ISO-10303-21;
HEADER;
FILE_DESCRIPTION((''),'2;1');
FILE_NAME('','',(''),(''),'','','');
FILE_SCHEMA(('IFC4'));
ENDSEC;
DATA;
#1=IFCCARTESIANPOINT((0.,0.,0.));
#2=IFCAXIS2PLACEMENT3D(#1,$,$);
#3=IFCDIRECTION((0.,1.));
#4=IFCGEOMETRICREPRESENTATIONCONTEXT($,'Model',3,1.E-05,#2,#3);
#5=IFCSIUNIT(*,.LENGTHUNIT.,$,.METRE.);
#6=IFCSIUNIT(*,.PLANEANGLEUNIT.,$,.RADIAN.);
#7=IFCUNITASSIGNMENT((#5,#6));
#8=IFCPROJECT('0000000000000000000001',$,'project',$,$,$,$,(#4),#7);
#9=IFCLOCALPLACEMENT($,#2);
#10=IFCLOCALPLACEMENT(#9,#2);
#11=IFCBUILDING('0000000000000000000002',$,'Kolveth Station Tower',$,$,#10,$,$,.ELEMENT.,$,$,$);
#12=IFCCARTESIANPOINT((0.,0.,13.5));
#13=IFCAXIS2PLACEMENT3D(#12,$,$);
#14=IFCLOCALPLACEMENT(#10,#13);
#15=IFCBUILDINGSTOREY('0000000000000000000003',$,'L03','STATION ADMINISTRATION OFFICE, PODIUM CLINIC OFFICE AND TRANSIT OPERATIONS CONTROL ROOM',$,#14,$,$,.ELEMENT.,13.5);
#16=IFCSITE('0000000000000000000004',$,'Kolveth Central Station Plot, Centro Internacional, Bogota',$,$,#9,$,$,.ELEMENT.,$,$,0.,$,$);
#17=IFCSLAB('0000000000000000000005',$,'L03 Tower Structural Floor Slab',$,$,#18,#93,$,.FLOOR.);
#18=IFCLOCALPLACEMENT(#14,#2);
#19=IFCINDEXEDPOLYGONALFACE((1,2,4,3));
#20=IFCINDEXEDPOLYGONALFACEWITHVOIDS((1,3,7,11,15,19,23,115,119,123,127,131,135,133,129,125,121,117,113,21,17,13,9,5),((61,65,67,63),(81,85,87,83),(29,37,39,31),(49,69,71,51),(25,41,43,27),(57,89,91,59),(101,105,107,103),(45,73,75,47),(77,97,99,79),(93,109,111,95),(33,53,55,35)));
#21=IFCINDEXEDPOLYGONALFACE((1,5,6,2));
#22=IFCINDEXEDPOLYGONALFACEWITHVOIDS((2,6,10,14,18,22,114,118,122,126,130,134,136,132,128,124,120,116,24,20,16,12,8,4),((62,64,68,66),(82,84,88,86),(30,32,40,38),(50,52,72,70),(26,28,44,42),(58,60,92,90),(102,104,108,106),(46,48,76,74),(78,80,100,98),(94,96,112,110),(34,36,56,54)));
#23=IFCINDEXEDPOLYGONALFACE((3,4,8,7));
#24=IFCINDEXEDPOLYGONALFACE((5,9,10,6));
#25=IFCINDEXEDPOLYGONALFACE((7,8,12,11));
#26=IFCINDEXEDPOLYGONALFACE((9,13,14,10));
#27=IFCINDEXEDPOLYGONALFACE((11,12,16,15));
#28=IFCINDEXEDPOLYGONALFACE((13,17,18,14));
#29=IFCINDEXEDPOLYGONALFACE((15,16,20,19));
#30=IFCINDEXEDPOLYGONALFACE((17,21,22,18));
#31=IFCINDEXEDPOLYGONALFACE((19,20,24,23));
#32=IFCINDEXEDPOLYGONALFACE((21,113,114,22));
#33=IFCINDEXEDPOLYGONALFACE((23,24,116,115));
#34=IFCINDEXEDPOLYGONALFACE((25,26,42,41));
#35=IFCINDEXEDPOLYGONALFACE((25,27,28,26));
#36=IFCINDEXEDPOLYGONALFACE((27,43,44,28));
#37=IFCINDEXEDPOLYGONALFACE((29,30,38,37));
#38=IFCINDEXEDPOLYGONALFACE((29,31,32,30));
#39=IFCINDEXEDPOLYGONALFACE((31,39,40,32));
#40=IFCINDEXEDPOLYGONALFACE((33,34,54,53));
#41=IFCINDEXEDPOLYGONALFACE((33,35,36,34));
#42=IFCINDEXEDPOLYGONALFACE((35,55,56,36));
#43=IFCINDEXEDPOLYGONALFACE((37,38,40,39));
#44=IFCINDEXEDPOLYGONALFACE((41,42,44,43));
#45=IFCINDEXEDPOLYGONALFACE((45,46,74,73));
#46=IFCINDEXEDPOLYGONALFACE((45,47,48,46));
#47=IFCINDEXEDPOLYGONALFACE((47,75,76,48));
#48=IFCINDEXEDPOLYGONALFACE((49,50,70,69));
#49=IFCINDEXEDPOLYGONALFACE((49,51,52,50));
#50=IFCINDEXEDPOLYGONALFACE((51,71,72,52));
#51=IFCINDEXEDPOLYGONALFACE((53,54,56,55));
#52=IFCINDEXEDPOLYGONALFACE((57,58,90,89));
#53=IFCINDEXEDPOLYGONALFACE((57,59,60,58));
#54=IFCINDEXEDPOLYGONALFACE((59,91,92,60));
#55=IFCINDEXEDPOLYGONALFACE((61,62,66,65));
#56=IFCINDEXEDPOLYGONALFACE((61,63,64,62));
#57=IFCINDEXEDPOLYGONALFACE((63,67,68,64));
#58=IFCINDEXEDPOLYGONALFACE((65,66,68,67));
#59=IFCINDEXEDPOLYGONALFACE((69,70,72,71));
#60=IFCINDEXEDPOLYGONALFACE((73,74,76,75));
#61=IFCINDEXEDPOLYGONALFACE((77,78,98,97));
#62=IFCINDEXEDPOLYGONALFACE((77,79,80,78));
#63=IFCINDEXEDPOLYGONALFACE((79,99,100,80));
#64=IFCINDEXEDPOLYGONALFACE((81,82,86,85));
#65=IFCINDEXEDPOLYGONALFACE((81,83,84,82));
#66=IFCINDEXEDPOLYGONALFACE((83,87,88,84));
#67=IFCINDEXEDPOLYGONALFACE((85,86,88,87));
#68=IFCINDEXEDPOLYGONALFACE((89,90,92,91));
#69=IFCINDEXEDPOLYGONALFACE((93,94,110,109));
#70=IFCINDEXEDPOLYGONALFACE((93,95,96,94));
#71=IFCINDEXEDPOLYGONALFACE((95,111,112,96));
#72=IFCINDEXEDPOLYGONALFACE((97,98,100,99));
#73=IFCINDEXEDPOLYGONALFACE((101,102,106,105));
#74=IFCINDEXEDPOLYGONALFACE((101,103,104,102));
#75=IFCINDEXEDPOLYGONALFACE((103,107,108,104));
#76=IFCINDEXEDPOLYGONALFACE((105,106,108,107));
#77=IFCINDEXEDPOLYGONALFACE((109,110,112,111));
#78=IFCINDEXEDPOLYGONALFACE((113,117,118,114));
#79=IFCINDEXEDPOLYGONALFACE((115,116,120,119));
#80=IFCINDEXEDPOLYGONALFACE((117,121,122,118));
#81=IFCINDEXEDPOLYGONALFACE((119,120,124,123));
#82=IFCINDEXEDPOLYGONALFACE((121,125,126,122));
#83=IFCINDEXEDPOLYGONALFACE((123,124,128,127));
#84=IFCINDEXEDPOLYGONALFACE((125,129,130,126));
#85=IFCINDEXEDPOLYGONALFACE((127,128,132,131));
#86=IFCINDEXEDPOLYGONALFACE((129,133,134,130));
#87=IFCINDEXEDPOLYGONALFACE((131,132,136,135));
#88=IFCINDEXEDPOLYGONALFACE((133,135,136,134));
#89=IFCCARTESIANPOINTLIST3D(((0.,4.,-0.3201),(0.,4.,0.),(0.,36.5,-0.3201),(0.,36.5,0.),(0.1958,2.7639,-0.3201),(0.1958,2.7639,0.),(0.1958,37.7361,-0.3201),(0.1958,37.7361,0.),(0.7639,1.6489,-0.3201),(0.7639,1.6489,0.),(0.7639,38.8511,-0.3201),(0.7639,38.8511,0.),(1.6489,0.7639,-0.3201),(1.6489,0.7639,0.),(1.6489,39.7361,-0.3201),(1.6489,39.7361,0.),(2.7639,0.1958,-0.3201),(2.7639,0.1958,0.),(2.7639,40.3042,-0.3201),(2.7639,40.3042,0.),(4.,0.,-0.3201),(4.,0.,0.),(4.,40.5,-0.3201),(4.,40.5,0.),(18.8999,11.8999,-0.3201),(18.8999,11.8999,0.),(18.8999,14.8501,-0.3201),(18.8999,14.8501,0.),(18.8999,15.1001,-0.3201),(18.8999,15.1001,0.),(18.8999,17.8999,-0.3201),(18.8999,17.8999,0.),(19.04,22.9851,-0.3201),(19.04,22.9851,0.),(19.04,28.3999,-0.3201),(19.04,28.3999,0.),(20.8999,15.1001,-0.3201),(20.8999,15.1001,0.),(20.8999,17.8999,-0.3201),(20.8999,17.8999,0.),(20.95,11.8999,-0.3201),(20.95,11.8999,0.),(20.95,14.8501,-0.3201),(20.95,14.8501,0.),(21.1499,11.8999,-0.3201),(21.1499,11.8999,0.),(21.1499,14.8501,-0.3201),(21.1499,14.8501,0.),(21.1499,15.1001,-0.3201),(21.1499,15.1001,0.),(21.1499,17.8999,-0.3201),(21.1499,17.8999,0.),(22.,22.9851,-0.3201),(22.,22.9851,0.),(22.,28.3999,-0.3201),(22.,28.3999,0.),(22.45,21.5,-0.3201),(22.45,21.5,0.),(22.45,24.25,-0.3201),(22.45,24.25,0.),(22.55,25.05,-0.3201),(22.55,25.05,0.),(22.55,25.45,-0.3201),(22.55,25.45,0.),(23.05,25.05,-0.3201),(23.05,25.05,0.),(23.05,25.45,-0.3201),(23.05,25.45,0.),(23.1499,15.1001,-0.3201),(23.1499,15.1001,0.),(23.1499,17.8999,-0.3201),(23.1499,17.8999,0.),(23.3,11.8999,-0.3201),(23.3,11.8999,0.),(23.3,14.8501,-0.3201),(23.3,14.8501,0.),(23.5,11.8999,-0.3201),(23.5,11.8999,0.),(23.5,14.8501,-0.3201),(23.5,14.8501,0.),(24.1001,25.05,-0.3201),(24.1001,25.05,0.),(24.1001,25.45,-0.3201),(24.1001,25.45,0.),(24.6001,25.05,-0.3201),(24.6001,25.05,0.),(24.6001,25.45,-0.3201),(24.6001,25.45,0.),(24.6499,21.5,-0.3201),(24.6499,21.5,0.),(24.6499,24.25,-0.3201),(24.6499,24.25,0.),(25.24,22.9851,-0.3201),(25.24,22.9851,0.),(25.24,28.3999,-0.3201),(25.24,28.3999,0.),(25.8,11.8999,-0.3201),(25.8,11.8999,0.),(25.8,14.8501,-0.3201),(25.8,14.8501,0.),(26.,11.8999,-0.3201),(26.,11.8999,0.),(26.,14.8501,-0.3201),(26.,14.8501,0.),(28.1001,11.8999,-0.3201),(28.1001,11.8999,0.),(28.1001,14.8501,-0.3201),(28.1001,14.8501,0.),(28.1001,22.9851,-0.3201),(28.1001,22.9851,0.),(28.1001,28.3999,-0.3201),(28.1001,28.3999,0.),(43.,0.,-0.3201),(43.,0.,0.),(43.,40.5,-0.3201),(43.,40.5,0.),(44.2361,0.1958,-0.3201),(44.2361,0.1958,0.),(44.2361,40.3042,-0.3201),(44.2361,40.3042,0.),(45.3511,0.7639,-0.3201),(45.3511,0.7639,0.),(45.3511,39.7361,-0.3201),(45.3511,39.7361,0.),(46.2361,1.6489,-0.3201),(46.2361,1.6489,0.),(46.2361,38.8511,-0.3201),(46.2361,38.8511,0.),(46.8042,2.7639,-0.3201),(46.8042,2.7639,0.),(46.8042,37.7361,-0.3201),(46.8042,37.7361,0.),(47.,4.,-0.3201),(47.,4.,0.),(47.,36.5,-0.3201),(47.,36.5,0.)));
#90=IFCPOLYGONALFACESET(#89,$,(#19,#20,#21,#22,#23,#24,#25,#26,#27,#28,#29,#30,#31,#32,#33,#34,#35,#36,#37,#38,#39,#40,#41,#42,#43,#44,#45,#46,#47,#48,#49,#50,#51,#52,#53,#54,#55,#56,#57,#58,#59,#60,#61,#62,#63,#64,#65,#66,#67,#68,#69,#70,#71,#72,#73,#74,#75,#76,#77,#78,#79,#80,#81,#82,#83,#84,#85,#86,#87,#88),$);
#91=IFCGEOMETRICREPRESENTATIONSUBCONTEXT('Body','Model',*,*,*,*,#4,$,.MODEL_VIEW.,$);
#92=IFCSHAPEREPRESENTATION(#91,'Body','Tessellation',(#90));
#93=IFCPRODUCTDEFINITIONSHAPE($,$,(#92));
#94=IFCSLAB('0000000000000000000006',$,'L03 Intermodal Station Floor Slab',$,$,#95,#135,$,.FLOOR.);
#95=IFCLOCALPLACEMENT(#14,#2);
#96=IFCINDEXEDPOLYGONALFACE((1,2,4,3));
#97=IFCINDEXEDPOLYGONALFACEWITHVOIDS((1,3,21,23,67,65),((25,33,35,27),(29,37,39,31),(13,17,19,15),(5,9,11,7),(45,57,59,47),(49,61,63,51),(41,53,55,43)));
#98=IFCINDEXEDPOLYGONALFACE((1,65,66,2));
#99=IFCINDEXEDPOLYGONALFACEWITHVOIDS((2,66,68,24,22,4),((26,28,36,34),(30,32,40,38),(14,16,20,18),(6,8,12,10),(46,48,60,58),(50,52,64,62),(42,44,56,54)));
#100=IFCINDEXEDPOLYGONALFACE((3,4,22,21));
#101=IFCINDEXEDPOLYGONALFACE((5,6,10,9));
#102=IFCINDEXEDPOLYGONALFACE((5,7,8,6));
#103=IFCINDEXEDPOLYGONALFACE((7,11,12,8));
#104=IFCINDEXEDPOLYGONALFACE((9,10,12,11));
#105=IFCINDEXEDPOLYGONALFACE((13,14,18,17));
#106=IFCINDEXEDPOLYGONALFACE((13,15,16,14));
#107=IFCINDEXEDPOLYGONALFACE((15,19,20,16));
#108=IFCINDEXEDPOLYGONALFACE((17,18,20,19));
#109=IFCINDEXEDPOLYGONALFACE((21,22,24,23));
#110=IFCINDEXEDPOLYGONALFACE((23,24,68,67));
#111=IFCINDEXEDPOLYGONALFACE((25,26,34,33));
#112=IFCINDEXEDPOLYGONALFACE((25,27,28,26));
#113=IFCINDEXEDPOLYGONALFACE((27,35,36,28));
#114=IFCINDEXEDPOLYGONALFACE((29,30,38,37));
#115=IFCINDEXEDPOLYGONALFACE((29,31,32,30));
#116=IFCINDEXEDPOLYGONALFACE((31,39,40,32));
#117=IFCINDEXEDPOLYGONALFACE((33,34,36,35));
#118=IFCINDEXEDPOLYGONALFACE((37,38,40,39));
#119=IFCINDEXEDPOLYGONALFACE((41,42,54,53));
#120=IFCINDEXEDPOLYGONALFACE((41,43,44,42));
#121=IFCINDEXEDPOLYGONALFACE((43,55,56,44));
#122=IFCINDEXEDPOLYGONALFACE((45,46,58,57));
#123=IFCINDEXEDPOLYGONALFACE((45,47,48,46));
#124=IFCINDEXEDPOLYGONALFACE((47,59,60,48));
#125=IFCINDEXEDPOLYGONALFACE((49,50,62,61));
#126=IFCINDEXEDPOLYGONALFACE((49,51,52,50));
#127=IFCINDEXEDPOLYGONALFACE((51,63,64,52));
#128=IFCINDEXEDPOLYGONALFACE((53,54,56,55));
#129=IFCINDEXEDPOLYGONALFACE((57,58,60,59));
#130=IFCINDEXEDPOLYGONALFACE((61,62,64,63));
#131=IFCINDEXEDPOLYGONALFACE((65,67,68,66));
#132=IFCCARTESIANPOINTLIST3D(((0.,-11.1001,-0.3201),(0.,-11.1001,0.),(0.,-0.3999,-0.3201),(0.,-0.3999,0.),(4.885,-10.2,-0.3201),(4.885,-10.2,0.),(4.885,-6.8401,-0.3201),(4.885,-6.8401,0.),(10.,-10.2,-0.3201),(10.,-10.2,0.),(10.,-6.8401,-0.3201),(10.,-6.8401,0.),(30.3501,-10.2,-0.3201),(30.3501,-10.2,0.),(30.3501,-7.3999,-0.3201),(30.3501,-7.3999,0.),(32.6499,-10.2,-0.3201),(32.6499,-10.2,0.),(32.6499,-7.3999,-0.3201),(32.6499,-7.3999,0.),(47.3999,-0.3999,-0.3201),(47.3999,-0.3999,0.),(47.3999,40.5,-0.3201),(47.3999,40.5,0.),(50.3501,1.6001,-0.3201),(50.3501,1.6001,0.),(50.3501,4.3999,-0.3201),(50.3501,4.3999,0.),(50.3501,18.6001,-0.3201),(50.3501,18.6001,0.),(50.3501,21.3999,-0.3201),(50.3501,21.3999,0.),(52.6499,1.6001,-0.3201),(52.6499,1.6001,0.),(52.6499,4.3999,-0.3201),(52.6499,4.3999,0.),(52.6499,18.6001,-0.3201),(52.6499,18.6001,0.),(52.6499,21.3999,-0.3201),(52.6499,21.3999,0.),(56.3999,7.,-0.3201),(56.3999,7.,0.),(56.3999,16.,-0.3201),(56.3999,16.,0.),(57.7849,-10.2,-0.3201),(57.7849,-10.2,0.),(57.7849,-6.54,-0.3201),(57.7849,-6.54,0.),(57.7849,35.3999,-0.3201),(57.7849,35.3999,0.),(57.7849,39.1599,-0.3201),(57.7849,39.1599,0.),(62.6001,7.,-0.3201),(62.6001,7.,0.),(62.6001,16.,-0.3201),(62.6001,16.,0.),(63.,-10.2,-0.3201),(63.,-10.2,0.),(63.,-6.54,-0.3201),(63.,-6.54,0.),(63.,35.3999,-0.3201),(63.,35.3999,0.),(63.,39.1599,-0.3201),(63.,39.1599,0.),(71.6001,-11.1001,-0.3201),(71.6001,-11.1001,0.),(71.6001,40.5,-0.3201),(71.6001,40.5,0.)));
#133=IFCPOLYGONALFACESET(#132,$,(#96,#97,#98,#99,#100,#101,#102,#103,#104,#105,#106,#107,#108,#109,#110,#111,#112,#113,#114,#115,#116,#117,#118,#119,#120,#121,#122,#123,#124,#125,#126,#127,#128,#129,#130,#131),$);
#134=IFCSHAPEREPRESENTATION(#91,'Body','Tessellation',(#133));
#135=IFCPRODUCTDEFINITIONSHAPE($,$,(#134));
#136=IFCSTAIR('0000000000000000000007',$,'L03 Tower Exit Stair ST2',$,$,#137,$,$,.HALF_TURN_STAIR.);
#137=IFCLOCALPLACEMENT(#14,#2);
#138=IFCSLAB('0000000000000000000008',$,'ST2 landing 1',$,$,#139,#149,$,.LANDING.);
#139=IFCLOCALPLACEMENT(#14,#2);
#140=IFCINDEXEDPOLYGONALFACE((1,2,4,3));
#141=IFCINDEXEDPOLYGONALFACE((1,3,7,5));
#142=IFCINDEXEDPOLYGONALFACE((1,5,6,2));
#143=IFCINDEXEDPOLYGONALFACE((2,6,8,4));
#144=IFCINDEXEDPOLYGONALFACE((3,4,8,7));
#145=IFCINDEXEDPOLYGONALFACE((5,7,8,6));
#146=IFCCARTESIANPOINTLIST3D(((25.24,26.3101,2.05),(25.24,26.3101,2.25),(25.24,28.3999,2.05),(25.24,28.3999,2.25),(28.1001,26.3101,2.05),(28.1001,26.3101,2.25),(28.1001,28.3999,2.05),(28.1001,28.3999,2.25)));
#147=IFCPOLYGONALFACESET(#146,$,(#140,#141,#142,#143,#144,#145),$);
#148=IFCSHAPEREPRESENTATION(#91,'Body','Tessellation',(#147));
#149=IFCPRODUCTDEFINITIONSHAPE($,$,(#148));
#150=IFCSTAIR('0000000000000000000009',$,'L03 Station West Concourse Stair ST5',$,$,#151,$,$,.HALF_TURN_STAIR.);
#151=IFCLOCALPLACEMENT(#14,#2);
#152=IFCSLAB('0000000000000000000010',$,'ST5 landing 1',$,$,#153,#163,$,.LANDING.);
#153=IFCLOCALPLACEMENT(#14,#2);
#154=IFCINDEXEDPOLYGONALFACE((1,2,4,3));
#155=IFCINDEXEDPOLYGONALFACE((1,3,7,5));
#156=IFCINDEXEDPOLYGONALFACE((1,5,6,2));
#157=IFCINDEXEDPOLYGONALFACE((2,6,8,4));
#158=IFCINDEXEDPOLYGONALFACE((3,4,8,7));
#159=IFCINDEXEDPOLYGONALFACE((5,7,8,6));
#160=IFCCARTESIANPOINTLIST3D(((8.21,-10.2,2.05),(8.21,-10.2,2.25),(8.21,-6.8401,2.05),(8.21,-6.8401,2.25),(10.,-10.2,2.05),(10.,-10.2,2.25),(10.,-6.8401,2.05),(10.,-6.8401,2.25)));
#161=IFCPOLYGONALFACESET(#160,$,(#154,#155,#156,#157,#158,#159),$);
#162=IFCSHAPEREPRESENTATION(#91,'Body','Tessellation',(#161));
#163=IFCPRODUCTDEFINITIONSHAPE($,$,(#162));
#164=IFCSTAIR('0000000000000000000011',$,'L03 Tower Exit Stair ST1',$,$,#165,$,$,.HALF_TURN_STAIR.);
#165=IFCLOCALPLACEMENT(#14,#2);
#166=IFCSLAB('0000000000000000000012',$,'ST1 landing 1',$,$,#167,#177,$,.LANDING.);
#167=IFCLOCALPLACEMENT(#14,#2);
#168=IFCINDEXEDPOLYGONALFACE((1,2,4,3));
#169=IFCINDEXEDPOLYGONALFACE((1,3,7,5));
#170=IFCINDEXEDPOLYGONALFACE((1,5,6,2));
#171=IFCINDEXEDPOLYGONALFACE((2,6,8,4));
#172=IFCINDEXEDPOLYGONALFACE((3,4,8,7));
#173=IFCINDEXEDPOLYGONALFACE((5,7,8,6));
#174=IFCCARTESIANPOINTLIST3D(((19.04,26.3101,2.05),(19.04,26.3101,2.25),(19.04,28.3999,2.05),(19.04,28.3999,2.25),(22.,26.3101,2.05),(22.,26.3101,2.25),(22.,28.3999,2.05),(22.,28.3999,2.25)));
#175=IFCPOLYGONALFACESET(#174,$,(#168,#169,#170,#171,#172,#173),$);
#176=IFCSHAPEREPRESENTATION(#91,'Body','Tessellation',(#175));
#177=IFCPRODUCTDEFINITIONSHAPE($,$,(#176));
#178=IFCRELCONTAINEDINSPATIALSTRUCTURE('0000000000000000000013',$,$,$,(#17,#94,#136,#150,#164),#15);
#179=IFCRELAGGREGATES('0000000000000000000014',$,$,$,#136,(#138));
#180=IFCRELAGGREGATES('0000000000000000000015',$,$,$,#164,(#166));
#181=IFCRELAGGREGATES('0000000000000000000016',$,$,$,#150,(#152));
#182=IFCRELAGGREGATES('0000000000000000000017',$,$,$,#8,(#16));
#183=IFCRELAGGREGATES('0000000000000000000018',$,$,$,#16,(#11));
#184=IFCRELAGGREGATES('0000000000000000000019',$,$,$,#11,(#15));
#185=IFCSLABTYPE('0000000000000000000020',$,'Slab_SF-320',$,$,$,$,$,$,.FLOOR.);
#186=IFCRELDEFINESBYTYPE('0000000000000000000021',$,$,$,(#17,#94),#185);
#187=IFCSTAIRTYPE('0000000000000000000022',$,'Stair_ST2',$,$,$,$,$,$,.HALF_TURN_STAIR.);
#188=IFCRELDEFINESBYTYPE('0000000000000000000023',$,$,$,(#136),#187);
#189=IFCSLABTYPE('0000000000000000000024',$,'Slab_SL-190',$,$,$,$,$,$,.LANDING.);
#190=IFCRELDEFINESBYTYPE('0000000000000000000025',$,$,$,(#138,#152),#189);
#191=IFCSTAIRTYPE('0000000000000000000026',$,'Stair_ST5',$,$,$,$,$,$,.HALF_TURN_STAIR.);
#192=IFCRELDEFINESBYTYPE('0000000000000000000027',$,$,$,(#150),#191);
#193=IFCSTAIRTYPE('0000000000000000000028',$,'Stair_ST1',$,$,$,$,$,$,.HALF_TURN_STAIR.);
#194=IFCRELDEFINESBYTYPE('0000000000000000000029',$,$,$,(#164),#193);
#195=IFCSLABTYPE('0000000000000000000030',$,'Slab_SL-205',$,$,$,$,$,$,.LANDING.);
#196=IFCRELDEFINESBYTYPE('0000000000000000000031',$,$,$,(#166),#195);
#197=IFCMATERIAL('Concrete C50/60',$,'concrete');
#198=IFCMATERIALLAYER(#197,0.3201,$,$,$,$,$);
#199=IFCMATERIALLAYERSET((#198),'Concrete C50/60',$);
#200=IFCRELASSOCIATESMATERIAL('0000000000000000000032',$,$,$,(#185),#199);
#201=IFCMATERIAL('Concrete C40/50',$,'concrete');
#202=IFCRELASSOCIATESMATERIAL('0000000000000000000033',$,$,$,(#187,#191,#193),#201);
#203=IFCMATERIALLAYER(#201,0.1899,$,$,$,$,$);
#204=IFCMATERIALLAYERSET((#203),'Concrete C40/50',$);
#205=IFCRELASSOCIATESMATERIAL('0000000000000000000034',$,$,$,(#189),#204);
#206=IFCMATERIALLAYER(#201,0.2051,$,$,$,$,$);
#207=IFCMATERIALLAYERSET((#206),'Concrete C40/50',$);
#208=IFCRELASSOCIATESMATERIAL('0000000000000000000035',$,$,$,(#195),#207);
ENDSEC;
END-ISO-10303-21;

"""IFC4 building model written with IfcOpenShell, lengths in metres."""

from ifc_helpers import new_model, si_unit, direction, frame, origin, place, context, subcontext, project, spatial, polyline, outline, extrude, material, layer, layer_set, type_object, element, aggregate, save


model = new_model("IFC4")

# Units and contexts
model_context = context("Model", 3, precision=1e-05, world=origin(), true_north=direction((0.0, 1.0)))
body_context = subcontext(model_context, "Body", "Model", "MODEL_VIEW")
ifc_project = project(units=[si_unit("LENGTHUNIT", "METRE"), si_unit("PLANEANGLEUNIT", "RADIAN")], contexts=[model_context])

# Site, building, storey
site_placement = place(None, origin())
site = spatial("IfcSite", under=ifc_project, at=site_placement, Name="Kolveth Central Station Plot, Centro Internacional, Bogota", CompositionType="ELEMENT", RefElevation=0.0)
building_placement = place(site_placement, origin())
building = spatial("IfcBuilding", under=site, at=building_placement, Name="Kolveth Station Tower", CompositionType="ELEMENT")
storey_placement = place(building_placement, frame((0.0, 0.0, 13.5)))
storey = spatial("IfcBuildingStorey", under=building, at=storey_placement, Name="L03", Description="STATION ADMINISTRATION OFFICE, PODIUM CLINIC OFFICE AND TRANSIT OPERATIONS CONTROL ROOM", CompositionType="ELEMENT", Elevation=13.5)

# Slabs
ifc_material_1 = material(Name="Concrete C50/60", Category="concrete")
ifc_layer_1 = layer(ifc_material_1, 0.3201)
ifc_layer_set_1 = layer_set([ifc_layer_1], Name="Concrete C50/60")
slab_type_1 = type_object("IfcSlabType", Name="Slab_SF-320", PredefinedType="FLOOR", material=ifc_layer_set_1)
slab_1_placement = place(storey_placement, frame((0.0, 0.0, -0.3201)))
element("IfcSlab", 1, at=slab_1_placement, inside=storey, type_object=slab_type_1, Name="L03 Tower Structural Floor Slab", PredefinedType="FLOOR", context=body_context, shape_type="SweptSolid", body=[
    extrude(outline(polyline([(43.0, 0.0), (44.2361, 0.1958), (45.3511, 0.7639), (46.2361, 1.6489), (46.8042, 2.7639), (47.0, 4.0), (47.0, 36.5), (46.8042, 37.7361), (46.2361, 38.8511), (45.3511, 39.7361), (44.2361, 40.3042), (43.0, 40.5), (4.0, 40.5), (2.7639, 40.3042), (1.6489, 39.7361), (0.7639, 38.8511), (0.1958, 37.7361), (0.0, 36.5), (0.0, 4.0), (0.1958, 2.7639), (0.7639, 1.6489), (1.6489, 0.7639), (2.7639, 0.1958), (4.0, 0.0), (43.0, 0.0)]), holes=[polyline([(19.04, 22.9851), (22.0, 22.9851), (22.0, 28.3999), (19.04, 28.3999), (19.04, 22.9851)]), polyline([(25.24, 22.9851), (28.1001, 22.9851), (28.1001, 28.3999), (25.24, 28.3999), (25.24, 22.9851)]), polyline([(18.8999, 15.1001), (20.8999, 15.1001), (20.8999, 17.8999), (18.8999, 17.8999), (18.8999, 15.1001)]), polyline([(21.1499, 15.1001), (23.1499, 15.1001), (23.1499, 17.8999), (21.1499, 17.8999), (21.1499, 15.1001)]), polyline([(22.45, 21.5), (24.6499, 21.5), (24.6499, 24.25), (22.45, 24.25), (22.45, 21.5)]), polyline([(18.8999, 11.8999), (20.95, 11.8999), (20.95, 14.8501), (18.8999, 14.8501), (18.8999, 11.8999)]), polyline([(21.1499, 11.8999), (23.3, 11.8999), (23.3, 14.8501), (21.1499, 14.8501), (21.1499, 11.8999)]), polyline([(23.5, 11.8999), (25.8, 11.8999), (25.8, 14.8501), (23.5, 14.8501), (23.5, 11.8999)]), polyline([(26.0, 11.8999), (28.1001, 11.8999), (28.1001, 14.8501), (26.0, 14.8501), (26.0, 11.8999)]), polyline([(22.55, 25.05), (23.05, 25.05), (23.05, 25.45), (22.55, 25.45), (22.55, 25.05)]), polyline([(24.1001, 25.05), (24.6001, 25.05), (24.6001, 25.45), (24.1001, 25.45), (24.1001, 25.05)])]), origin(), (0.0, 0.0, 1.0), 0.3201),
])
slab_2_placement = place(storey_placement, frame((0.0, 0.0, -0.3201)))
element("IfcSlab", 2, at=slab_2_placement, inside=storey, type_object=slab_type_1, Name="L03 Intermodal Station Floor Slab", PredefinedType="FLOOR", context=body_context, shape_type="SweptSolid", body=[
    extrude(outline(polyline([(0.0, -11.1001), (71.6001, -11.1001), (71.6001, 40.5), (47.3999, 40.5), (47.3999, -0.3999), (0.0, -0.3999), (0.0, -11.1001)]), holes=[polyline([(57.7849, 35.3999), (63.0, 35.3999), (63.0, 39.1599), (57.7849, 39.1599), (57.7849, 35.3999)]), polyline([(57.7849, -10.2), (63.0, -10.2), (63.0, -6.54), (57.7849, -6.54), (57.7849, -10.2)]), polyline([(4.885, -10.2), (10.0, -10.2), (10.0, -6.8401), (4.885, -6.8401), (4.885, -10.2)]), polyline([(50.3501, 1.6001), (52.6499, 1.6001), (52.6499, 4.3999), (50.3501, 4.3999), (50.3501, 1.6001)]), polyline([(50.3501, 18.6001), (52.6499, 18.6001), (52.6499, 21.3999), (50.3501, 21.3999), (50.3501, 18.6001)]), polyline([(30.3501, -10.2), (32.6499, -10.2), (32.6499, -7.3999), (30.3501, -7.3999), (30.3501, -10.2)]), polyline([(56.3999, 7.0), (62.6001, 7.0), (62.6001, 16.0), (56.3999, 16.0), (56.3999, 7.0)])]), origin(), (0.0, 0.0, 1.0), 0.3201),
])

# Stairs, slabs
ifc_material_2 = material(Name="Concrete C40/50", Category="concrete")
stair_type_1 = type_object("IfcStairType", Name="Stair_ST2", PredefinedType="HALF_TURN_STAIR", material=ifc_material_2)
stair_1_placement = place(storey_placement, origin())
stair_1 = element("IfcStair", 3, at=stair_1_placement, inside=storey, type_object=stair_type_1, Name="L03 Tower Exit Stair ST2", PredefinedType="HALF_TURN_STAIR")
ifc_layer_2 = layer(ifc_material_2, 0.1899)
ifc_layer_set_2 = layer_set([ifc_layer_2], Name="Concrete C40/50")
slab_type_2 = type_object("IfcSlabType", Name="Slab_SL-190", PredefinedType="LANDING", material=ifc_layer_set_2)
slab_3_placement = place(storey_placement, frame((0.0, 0.0, 2.05)))
slab_3 = element("IfcSlab", 4, at=slab_3_placement, type_object=slab_type_2, Name="ST2 landing 1", PredefinedType="LANDING", context=body_context, shape_type="SweptSolid", body=[
    extrude(outline(polyline([(28.1001, 26.3101), (28.1001, 28.3999), (25.24, 28.3999), (25.24, 26.3101), (28.1001, 26.3101)])), origin(), (0.0, 0.0, 1.0), 0.2),
])
aggregate(stair_1, [slab_3])
stair_type_2 = type_object("IfcStairType", Name="Stair_ST5", PredefinedType="HALF_TURN_STAIR", material=ifc_material_2)
stair_2_placement = place(storey_placement, origin())
stair_2 = element("IfcStair", 5, at=stair_2_placement, inside=storey, type_object=stair_type_2, Name="L03 Station West Concourse Stair ST5", PredefinedType="HALF_TURN_STAIR")
slab_4_placement = place(storey_placement, frame((0.0, 0.0, 2.05)))
slab_4 = element("IfcSlab", 6, at=slab_4_placement, type_object=slab_type_2, Name="ST5 landing 1", PredefinedType="LANDING", context=body_context, shape_type="SweptSolid", body=[
    extrude(outline(polyline([(8.21, -10.2), (10.0, -10.2), (10.0, -6.8401), (8.21, -6.8401), (8.21, -10.2)])), origin(), (0.0, 0.0, 1.0), 0.2),
])
stair_type_3 = type_object("IfcStairType", Name="Stair_ST1", PredefinedType="HALF_TURN_STAIR", material=ifc_material_2)
stair_3_placement = place(storey_placement, origin())
stair_3 = element("IfcStair", 7, at=stair_3_placement, inside=storey, type_object=stair_type_3, Name="L03 Tower Exit Stair ST1", PredefinedType="HALF_TURN_STAIR")
ifc_layer_3 = layer(ifc_material_2, 0.2051)
ifc_layer_set_3 = layer_set([ifc_layer_3], Name="Concrete C40/50")
slab_type_3 = type_object("IfcSlabType", Name="Slab_SL-205", PredefinedType="LANDING", material=ifc_layer_set_3)
slab_5_placement = place(storey_placement, frame((0.0, 0.0, 2.05)))
slab_5 = element("IfcSlab", 8, at=slab_5_placement, type_object=slab_type_3, Name="ST1 landing 1", PredefinedType="LANDING", context=body_context, shape_type="SweptSolid", body=[
    extrude(outline(polyline([(22.0, 26.3101), (22.0, 28.3999), (19.04, 28.3999), (19.04, 26.3101), (22.0, 26.3101)])), origin(), (0.0, 0.0, 1.0), 0.2),
])
aggregate(stair_3, [slab_5])

aggregate(stair_2, [slab_4])

save(model, "model.ifc")
